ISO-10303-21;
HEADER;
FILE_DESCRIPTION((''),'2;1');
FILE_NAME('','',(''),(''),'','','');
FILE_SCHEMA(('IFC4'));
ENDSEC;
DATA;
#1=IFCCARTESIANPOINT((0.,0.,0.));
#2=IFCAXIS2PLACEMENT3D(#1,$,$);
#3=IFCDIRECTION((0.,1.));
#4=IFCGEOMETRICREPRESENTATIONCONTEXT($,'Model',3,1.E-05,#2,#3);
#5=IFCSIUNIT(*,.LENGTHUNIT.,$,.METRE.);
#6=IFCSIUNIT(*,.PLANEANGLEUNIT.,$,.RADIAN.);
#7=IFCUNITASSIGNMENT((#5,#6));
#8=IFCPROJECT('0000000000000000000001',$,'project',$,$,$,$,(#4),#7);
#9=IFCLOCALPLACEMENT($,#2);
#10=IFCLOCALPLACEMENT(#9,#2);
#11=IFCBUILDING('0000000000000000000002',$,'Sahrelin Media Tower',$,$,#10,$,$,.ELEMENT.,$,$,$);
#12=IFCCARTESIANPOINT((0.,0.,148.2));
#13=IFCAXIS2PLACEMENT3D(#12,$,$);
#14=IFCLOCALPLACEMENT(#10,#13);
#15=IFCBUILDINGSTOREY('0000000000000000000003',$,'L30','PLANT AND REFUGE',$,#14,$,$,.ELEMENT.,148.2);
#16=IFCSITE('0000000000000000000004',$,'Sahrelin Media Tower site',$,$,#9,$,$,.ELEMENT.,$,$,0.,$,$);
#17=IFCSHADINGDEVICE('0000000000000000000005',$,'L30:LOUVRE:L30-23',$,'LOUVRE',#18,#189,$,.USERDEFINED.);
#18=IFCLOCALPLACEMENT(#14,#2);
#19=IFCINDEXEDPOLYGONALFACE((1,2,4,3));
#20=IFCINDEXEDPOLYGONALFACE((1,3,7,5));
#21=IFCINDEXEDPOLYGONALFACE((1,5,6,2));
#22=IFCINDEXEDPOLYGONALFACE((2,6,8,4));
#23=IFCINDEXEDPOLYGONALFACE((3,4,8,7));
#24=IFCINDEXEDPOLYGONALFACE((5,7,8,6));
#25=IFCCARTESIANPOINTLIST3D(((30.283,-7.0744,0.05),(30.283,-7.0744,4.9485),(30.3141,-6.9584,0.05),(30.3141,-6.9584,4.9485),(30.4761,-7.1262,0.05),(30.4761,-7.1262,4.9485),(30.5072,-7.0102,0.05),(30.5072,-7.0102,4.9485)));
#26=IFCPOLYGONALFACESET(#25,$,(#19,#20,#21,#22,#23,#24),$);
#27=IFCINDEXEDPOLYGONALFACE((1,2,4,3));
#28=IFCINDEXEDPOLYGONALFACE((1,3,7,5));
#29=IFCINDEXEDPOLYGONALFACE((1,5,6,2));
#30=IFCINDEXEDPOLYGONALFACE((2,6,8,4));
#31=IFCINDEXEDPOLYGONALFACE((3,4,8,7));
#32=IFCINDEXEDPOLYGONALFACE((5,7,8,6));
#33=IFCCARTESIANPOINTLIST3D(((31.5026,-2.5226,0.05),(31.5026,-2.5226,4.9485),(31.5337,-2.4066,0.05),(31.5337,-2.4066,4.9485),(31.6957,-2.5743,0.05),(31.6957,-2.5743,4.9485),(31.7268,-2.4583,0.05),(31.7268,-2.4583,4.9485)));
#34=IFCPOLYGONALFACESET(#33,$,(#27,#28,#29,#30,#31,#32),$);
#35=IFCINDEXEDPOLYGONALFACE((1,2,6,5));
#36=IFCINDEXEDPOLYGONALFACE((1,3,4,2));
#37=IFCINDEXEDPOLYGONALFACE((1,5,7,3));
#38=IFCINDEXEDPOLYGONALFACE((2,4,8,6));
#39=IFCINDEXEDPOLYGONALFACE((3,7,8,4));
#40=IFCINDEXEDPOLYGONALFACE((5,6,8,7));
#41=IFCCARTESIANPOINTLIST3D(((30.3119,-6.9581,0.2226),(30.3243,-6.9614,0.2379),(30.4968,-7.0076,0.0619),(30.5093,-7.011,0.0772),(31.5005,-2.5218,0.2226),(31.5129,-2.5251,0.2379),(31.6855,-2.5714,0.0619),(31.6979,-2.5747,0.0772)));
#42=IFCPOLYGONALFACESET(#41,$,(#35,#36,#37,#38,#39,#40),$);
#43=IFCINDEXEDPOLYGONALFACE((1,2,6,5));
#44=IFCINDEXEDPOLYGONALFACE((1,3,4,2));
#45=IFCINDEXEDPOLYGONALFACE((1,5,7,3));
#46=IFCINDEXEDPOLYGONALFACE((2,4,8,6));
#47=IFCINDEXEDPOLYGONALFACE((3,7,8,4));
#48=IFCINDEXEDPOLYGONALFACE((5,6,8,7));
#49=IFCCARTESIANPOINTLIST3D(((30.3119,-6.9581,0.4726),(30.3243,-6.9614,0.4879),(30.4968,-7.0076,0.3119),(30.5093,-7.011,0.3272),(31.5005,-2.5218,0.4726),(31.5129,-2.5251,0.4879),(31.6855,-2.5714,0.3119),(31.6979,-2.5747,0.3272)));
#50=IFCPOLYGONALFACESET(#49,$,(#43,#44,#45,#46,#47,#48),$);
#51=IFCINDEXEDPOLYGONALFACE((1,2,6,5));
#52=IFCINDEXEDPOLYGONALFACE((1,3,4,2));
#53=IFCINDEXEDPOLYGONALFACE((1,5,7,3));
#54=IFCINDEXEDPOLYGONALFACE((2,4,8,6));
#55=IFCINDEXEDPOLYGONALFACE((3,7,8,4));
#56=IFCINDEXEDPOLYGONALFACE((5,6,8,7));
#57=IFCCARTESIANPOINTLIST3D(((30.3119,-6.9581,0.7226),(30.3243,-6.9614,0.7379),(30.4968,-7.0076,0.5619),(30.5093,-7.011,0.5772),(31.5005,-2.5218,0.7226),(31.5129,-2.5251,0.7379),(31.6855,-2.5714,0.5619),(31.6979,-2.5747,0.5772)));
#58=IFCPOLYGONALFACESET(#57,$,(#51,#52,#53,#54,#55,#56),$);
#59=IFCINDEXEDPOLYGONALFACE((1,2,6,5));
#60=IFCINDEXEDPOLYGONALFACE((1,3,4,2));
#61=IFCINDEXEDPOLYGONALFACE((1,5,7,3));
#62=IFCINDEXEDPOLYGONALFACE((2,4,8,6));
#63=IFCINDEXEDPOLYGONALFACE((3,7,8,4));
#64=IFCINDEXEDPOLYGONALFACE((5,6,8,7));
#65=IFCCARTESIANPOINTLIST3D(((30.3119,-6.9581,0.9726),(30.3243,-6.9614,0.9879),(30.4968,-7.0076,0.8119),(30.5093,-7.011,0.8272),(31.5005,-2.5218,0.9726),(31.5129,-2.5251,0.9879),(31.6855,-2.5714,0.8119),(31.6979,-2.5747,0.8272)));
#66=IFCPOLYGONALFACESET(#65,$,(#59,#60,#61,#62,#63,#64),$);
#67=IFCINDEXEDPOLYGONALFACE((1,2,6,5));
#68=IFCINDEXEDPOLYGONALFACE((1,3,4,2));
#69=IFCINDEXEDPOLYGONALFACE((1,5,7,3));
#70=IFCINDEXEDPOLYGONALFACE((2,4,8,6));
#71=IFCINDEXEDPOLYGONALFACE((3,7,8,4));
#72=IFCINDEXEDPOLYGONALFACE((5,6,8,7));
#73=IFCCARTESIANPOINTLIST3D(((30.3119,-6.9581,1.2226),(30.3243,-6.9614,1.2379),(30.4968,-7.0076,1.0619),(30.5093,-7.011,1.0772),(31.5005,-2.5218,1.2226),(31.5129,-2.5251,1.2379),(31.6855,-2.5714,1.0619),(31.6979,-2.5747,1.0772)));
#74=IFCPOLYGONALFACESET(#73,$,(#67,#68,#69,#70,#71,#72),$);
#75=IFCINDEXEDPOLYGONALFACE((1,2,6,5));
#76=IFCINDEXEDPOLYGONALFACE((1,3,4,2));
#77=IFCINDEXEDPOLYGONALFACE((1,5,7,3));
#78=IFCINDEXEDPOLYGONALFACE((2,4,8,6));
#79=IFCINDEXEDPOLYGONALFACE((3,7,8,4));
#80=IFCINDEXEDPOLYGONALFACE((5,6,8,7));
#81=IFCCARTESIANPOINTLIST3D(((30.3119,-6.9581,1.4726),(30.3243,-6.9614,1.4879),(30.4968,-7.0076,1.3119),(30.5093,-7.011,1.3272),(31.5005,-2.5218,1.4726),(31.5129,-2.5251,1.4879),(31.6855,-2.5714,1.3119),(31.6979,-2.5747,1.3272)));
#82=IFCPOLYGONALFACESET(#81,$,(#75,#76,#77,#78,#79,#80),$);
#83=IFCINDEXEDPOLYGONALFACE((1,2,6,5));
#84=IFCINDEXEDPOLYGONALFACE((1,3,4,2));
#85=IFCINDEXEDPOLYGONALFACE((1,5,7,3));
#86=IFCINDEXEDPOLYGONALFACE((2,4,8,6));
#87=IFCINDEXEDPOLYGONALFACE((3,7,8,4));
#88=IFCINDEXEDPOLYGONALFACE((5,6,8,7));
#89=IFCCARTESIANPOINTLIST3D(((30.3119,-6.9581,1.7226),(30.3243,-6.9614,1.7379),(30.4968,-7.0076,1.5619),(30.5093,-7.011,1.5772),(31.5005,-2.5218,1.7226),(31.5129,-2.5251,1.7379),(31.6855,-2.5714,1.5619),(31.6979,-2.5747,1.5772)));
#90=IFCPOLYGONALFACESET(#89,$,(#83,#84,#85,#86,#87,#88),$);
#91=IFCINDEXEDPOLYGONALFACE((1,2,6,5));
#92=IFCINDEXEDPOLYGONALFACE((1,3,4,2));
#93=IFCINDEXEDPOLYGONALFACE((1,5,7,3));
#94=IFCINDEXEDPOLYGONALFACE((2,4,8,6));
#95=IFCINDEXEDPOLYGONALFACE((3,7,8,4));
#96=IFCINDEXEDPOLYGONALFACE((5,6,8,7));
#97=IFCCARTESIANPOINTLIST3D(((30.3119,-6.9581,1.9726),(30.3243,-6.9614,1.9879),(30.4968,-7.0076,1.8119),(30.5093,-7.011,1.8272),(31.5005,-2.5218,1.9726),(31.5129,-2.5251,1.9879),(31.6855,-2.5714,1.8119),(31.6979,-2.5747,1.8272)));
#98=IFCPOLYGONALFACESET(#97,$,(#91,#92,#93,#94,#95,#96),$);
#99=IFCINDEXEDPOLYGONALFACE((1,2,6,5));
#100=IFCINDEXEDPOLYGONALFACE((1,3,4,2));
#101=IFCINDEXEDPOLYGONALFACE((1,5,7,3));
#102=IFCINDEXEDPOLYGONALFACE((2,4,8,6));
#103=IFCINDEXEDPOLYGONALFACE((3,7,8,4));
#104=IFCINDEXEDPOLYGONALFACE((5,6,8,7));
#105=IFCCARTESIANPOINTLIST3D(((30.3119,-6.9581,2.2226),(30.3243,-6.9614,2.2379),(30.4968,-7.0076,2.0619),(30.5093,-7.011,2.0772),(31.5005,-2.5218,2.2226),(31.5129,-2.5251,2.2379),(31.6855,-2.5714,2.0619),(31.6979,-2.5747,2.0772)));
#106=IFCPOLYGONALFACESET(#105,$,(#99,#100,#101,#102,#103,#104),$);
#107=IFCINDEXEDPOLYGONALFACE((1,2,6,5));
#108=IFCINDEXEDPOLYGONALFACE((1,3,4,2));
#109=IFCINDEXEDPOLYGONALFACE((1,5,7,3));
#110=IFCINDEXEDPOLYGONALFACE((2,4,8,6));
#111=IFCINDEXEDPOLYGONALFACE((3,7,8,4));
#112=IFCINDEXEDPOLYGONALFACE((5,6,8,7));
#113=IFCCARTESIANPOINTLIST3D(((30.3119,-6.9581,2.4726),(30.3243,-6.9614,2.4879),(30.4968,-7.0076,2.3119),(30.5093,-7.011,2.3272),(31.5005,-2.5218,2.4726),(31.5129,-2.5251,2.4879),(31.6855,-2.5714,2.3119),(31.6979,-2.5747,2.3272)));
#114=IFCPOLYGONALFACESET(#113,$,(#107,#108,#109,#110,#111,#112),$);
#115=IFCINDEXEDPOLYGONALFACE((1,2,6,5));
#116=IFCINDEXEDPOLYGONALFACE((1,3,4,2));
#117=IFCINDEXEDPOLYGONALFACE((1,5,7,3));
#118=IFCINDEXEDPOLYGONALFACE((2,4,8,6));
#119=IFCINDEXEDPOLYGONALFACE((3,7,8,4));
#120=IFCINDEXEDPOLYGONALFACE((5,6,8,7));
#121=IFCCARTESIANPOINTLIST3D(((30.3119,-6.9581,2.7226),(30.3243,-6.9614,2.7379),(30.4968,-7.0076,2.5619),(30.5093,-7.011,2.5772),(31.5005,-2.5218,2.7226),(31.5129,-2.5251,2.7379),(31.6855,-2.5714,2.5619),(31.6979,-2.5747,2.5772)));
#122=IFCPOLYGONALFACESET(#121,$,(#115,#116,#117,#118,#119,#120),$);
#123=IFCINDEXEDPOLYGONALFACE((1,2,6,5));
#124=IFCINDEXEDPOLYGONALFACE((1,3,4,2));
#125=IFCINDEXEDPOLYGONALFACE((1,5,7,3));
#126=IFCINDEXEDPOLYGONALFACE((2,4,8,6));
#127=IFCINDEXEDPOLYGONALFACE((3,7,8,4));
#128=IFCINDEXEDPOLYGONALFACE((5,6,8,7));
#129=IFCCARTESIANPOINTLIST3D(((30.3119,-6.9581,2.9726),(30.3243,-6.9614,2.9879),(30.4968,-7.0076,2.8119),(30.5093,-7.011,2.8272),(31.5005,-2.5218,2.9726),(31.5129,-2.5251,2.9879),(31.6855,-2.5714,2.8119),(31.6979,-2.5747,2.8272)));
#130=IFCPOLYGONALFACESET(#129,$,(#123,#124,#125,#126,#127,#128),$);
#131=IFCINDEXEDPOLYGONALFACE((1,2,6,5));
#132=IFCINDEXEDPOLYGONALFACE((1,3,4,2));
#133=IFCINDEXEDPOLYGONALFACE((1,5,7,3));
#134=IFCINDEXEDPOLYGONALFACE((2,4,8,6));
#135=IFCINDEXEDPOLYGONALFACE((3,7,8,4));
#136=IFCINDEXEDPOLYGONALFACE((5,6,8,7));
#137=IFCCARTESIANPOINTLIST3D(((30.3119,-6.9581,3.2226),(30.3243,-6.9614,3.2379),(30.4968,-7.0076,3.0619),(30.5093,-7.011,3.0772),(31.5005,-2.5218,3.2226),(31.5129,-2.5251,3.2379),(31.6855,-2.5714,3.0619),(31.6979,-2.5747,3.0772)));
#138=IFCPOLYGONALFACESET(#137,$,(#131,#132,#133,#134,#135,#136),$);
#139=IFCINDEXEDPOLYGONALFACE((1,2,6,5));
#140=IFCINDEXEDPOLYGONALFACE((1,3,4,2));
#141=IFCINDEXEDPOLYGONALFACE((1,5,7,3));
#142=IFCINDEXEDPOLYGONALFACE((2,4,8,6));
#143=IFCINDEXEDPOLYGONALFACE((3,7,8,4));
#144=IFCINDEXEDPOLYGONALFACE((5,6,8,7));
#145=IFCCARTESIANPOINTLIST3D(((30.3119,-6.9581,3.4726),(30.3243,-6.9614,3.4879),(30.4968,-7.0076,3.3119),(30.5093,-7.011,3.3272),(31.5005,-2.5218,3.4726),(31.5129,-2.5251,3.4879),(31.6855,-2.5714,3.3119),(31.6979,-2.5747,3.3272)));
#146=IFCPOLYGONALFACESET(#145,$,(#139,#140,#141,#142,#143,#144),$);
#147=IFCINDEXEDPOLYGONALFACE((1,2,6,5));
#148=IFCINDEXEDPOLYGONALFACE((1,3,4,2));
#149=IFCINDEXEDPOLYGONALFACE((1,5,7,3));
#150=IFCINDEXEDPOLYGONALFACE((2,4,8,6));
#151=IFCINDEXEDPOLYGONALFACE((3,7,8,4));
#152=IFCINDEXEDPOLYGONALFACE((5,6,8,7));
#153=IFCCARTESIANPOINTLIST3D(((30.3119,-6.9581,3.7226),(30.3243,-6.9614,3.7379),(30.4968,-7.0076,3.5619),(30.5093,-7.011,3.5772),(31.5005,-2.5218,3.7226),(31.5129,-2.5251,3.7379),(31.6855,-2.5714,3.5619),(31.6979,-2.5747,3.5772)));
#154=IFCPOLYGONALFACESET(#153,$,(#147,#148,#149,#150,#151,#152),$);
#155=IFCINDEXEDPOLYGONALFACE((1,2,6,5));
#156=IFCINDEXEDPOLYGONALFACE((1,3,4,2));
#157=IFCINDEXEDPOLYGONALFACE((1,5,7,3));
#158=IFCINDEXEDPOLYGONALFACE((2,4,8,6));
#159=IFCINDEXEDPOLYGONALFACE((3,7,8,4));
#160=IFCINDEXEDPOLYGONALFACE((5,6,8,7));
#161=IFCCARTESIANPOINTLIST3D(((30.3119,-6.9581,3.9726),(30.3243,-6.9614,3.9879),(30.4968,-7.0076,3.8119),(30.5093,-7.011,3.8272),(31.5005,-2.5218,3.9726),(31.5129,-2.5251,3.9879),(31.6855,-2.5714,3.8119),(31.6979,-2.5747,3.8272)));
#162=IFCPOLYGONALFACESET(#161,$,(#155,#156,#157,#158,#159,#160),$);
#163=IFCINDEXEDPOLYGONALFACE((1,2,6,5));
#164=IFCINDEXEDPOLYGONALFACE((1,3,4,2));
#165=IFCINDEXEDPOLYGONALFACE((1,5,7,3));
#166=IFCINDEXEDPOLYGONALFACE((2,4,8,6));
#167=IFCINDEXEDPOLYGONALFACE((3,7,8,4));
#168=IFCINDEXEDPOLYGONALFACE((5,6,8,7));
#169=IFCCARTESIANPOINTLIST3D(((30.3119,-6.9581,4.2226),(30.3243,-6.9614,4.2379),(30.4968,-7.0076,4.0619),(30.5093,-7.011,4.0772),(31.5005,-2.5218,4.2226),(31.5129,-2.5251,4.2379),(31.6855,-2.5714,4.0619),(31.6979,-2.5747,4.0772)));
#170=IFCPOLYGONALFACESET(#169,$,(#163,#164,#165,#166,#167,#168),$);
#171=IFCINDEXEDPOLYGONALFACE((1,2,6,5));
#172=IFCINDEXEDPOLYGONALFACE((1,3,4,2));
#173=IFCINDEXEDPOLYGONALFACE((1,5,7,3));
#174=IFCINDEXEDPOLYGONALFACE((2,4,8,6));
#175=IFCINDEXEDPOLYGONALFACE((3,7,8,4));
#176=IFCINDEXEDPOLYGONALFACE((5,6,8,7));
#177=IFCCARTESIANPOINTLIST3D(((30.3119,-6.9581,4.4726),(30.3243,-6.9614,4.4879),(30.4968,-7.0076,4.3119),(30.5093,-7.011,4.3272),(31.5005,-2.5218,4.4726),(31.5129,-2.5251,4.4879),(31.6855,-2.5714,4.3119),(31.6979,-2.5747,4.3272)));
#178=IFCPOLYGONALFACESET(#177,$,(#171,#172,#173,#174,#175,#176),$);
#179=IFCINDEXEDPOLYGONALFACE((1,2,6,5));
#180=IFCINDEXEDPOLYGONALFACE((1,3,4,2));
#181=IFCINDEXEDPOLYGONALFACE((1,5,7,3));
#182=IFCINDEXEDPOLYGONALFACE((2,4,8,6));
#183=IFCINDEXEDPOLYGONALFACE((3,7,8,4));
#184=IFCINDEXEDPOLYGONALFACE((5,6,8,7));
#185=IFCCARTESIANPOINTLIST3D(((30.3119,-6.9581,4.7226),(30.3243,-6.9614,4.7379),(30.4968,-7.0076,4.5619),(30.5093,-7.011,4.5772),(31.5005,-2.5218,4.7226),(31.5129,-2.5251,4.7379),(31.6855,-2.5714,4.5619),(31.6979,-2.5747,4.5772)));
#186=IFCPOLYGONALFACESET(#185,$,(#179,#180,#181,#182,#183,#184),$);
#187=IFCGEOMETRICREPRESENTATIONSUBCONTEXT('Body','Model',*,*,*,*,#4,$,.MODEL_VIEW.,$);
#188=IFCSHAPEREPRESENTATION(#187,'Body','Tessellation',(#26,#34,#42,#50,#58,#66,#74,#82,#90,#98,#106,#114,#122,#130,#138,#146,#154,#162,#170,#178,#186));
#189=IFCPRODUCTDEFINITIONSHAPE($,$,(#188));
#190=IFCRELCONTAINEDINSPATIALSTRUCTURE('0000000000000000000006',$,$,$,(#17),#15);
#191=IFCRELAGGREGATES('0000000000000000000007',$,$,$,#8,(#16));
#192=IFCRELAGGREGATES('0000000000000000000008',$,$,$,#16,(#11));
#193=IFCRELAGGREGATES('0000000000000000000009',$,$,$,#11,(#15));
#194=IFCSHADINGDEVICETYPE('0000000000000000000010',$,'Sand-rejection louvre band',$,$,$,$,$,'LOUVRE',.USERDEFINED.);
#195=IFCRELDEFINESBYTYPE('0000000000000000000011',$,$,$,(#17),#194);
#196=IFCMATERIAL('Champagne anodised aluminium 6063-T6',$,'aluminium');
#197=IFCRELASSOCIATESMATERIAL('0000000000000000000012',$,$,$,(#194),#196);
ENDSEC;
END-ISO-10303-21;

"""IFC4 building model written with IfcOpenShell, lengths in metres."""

from ifc_helpers import new_model, si_unit, direction, frame, origin, origin_2d, place, context, subcontext, project, spatial, rectangle, extrude, material, type_object, element, save


model = new_model("IFC4")

# Units and contexts
model_context = context("Model", 3, precision=1e-05, world=origin(), true_north=direction((0.0, 1.0)))
body_context = subcontext(model_context, "Body", "Model", "MODEL_VIEW")
ifc_project = project(units=[si_unit("LENGTHUNIT", "METRE"), si_unit("PLANEANGLEUNIT", "RADIAN")], contexts=[model_context])

# Site, building, storey
site_placement = place(None, origin())
site = spatial("IfcSite", under=ifc_project, at=site_placement, Name="Sahrelin Media Tower site", CompositionType="ELEMENT", RefElevation=0.0)
building_placement = place(site_placement, origin())
building = spatial("IfcBuilding", under=site, at=building_placement, Name="Sahrelin Media Tower", CompositionType="ELEMENT")
storey_placement = place(building_placement, frame((0.0, 0.0, 148.2)))
storey = spatial("IfcBuildingStorey", under=building, at=storey_placement, Name="L30", Description="PLANT AND REFUGE", CompositionType="ELEMENT", Elevation=148.2)

# Shading device
ifc_material_1 = material(Name="Champagne anodised aluminium 6063-T6", Category="aluminium")
shading_device_type = type_object("IfcShadingDeviceType", Name="Sand-rejection louvre band", ElementType="LOUVRE", PredefinedType="USERDEFINED", material=ifc_material_1)
shading_device_1_placement = place(storey_placement, frame((30.9082, -4.7405, 0.0), z_axis=(0.0, 0.0, 1.0), x_axis=(-0.258808, -0.965929, 0.0)))
element("IfcShadingDevice", 1, at=shading_device_1_placement, inside=storey, type_object=shading_device_type, Name="L30:LOUVRE:L30-23", ObjectType="LOUVRE", PredefinedType="USERDEFINED", context=body_context, shape_type="SweptSolid", body=[
    extrude(rectangle(XDim=0.1201, YDim=0.2, at=origin_2d()), frame((2.3562, 0.1001, 0.05), z_axis=(0.0, 0.0, 1.0), x_axis=(1.0, 0.0, 0.0)), (0.0, 0.0, 1.0), 4.8984),
    extrude(rectangle(XDim=0.1201, YDim=0.2, at=origin_2d()), frame((-2.3562, 0.1001, 0.05), z_axis=(0.0, 0.0, 1.0), x_axis=(1.0, 0.0, 0.0)), (0.0, 0.0, 1.0), 4.8984),
    extrude(rectangle(XDim=0.25, YDim=0.02, at=origin_2d()), frame((2.2964, 0.1001, 0.1499), z_axis=(-1.0, 0.0, 0.0), x_axis=(0.0, -0.766044, 0.642788)), (0.0, 0.0, 1.0), 4.5928),
    extrude(rectangle(XDim=0.25, YDim=0.02, at=origin_2d()), frame((2.2964, 0.1001, 0.3999), z_axis=(-1.0, 0.0, 0.0), x_axis=(0.0, -0.766044, 0.642788)), (0.0, 0.0, 1.0), 4.5928),
    extrude(rectangle(XDim=0.25, YDim=0.02, at=origin_2d()), frame((2.2964, 0.1001, 0.6499), z_axis=(-1.0, 0.0, 0.0), x_axis=(0.0, -0.766044, 0.642788)), (0.0, 0.0, 1.0), 4.5928),
    extrude(rectangle(XDim=0.25, YDim=0.02, at=origin_2d()), frame((2.2964, 0.1001, 0.8999), z_axis=(-1.0, 0.0, 0.0), x_axis=(0.0, -0.766044, 0.642788)), (0.0, 0.0, 1.0), 4.5928),
    extrude(rectangle(XDim=0.25, YDim=0.02, at=origin_2d()), frame((2.2964, 0.1001, 1.1499), z_axis=(-1.0, 0.0, 0.0), x_axis=(0.0, -0.766044, 0.642788)), (0.0, 0.0, 1.0), 4.5928),
    extrude(rectangle(XDim=0.25, YDim=0.02, at=origin_2d()), frame((2.2964, 0.1001, 1.3999), z_axis=(-1.0, 0.0, 0.0), x_axis=(0.0, -0.766044, 0.642788)), (0.0, 0.0, 1.0), 4.5928),
    extrude(rectangle(XDim=0.25, YDim=0.02, at=origin_2d()), frame((2.2964, 0.1001, 1.6499), z_axis=(-1.0, 0.0, 0.0), x_axis=(0.0, -0.766044, 0.642788)), (0.0, 0.0, 1.0), 4.5928),
    extrude(rectangle(XDim=0.25, YDim=0.02, at=origin_2d()), frame((2.2964, 0.1001, 1.8999), z_axis=(-1.0, 0.0, 0.0), x_axis=(0.0, -0.766044, 0.642788)), (0.0, 0.0, 1.0), 4.5928),
    extrude(rectangle(XDim=0.25, YDim=0.02, at=origin_2d()), frame((2.2964, 0.1001, 2.1499), z_axis=(-1.0, 0.0, 0.0), x_axis=(0.0, -0.766044, 0.642788)), (0.0, 0.0, 1.0), 4.5928),
    extrude(rectangle(XDim=0.25, YDim=0.02, at=origin_2d()), frame((2.2964, 0.1001, 2.3999), z_axis=(-1.0, 0.0, 0.0), x_axis=(0.0, -0.766044, 0.642788)), (0.0, 0.0, 1.0), 4.5928),
    extrude(rectangle(XDim=0.25, YDim=0.02, at=origin_2d()), frame((2.2964, 0.1001, 2.6499), z_axis=(-1.0, 0.0, 0.0), x_axis=(0.0, -0.766044, 0.642788)), (0.0, 0.0, 1.0), 4.5928),
    extrude(rectangle(XDim=0.25, YDim=0.02, at=origin_2d()), frame((2.2964, 0.1001, 2.8999), z_axis=(-1.0, 0.0, 0.0), x_axis=(0.0, -0.766044, 0.642788)), (0.0, 0.0, 1.0), 4.5928),
    extrude(rectangle(XDim=0.25, YDim=0.02, at=origin_2d()), frame((2.2964, 0.1001, 3.1499), z_axis=(-1.0, 0.0, 0.0), x_axis=(0.0, -0.766044, 0.642788)), (0.0, 0.0, 1.0), 4.5928),
    extrude(rectangle(XDim=0.25, YDim=0.02, at=origin_2d()), frame((2.2964, 0.1001, 3.3999), z_axis=(-1.0, 0.0, 0.0), x_axis=(0.0, -0.766044, 0.642788)), (0.0, 0.0, 1.0), 4.5928),
    extrude(rectangle(XDim=0.25, YDim=0.02, at=origin_2d()), frame((2.2964, 0.1001, 3.6499), z_axis=(-1.0, 0.0, 0.0), x_axis=(0.0, -0.766044, 0.642788)), (0.0, 0.0, 1.0), 4.5928),
    extrude(rectangle(XDim=0.25, YDim=0.02, at=origin_2d()), frame((2.2964, 0.1001, 3.8999), z_axis=(-1.0, 0.0, 0.0), x_axis=(0.0, -0.766044, 0.642788)), (0.0, 0.0, 1.0), 4.5928),
    extrude(rectangle(XDim=0.25, YDim=0.02, at=origin_2d()), frame((2.2964, 0.1001, 4.1499), z_axis=(-1.0, 0.0, 0.0), x_axis=(0.0, -0.766044, 0.642788)), (0.0, 0.0, 1.0), 4.5928),
    extrude(rectangle(XDim=0.25, YDim=0.02, at=origin_2d()), frame((2.2964, 0.1001, 4.3999), z_axis=(-1.0, 0.0, 0.0), x_axis=(0.0, -0.766044, 0.642788)), (0.0, 0.0, 1.0), 4.5928),
    extrude(rectangle(XDim=0.25, YDim=0.02, at=origin_2d()), frame((2.2964, 0.1001, 4.6499), z_axis=(-1.0, 0.0, 0.0), x_axis=(0.0, -0.766044, 0.642788)), (0.0, 0.0, 1.0), 4.5928),
])

save(model, "model.ifc")
